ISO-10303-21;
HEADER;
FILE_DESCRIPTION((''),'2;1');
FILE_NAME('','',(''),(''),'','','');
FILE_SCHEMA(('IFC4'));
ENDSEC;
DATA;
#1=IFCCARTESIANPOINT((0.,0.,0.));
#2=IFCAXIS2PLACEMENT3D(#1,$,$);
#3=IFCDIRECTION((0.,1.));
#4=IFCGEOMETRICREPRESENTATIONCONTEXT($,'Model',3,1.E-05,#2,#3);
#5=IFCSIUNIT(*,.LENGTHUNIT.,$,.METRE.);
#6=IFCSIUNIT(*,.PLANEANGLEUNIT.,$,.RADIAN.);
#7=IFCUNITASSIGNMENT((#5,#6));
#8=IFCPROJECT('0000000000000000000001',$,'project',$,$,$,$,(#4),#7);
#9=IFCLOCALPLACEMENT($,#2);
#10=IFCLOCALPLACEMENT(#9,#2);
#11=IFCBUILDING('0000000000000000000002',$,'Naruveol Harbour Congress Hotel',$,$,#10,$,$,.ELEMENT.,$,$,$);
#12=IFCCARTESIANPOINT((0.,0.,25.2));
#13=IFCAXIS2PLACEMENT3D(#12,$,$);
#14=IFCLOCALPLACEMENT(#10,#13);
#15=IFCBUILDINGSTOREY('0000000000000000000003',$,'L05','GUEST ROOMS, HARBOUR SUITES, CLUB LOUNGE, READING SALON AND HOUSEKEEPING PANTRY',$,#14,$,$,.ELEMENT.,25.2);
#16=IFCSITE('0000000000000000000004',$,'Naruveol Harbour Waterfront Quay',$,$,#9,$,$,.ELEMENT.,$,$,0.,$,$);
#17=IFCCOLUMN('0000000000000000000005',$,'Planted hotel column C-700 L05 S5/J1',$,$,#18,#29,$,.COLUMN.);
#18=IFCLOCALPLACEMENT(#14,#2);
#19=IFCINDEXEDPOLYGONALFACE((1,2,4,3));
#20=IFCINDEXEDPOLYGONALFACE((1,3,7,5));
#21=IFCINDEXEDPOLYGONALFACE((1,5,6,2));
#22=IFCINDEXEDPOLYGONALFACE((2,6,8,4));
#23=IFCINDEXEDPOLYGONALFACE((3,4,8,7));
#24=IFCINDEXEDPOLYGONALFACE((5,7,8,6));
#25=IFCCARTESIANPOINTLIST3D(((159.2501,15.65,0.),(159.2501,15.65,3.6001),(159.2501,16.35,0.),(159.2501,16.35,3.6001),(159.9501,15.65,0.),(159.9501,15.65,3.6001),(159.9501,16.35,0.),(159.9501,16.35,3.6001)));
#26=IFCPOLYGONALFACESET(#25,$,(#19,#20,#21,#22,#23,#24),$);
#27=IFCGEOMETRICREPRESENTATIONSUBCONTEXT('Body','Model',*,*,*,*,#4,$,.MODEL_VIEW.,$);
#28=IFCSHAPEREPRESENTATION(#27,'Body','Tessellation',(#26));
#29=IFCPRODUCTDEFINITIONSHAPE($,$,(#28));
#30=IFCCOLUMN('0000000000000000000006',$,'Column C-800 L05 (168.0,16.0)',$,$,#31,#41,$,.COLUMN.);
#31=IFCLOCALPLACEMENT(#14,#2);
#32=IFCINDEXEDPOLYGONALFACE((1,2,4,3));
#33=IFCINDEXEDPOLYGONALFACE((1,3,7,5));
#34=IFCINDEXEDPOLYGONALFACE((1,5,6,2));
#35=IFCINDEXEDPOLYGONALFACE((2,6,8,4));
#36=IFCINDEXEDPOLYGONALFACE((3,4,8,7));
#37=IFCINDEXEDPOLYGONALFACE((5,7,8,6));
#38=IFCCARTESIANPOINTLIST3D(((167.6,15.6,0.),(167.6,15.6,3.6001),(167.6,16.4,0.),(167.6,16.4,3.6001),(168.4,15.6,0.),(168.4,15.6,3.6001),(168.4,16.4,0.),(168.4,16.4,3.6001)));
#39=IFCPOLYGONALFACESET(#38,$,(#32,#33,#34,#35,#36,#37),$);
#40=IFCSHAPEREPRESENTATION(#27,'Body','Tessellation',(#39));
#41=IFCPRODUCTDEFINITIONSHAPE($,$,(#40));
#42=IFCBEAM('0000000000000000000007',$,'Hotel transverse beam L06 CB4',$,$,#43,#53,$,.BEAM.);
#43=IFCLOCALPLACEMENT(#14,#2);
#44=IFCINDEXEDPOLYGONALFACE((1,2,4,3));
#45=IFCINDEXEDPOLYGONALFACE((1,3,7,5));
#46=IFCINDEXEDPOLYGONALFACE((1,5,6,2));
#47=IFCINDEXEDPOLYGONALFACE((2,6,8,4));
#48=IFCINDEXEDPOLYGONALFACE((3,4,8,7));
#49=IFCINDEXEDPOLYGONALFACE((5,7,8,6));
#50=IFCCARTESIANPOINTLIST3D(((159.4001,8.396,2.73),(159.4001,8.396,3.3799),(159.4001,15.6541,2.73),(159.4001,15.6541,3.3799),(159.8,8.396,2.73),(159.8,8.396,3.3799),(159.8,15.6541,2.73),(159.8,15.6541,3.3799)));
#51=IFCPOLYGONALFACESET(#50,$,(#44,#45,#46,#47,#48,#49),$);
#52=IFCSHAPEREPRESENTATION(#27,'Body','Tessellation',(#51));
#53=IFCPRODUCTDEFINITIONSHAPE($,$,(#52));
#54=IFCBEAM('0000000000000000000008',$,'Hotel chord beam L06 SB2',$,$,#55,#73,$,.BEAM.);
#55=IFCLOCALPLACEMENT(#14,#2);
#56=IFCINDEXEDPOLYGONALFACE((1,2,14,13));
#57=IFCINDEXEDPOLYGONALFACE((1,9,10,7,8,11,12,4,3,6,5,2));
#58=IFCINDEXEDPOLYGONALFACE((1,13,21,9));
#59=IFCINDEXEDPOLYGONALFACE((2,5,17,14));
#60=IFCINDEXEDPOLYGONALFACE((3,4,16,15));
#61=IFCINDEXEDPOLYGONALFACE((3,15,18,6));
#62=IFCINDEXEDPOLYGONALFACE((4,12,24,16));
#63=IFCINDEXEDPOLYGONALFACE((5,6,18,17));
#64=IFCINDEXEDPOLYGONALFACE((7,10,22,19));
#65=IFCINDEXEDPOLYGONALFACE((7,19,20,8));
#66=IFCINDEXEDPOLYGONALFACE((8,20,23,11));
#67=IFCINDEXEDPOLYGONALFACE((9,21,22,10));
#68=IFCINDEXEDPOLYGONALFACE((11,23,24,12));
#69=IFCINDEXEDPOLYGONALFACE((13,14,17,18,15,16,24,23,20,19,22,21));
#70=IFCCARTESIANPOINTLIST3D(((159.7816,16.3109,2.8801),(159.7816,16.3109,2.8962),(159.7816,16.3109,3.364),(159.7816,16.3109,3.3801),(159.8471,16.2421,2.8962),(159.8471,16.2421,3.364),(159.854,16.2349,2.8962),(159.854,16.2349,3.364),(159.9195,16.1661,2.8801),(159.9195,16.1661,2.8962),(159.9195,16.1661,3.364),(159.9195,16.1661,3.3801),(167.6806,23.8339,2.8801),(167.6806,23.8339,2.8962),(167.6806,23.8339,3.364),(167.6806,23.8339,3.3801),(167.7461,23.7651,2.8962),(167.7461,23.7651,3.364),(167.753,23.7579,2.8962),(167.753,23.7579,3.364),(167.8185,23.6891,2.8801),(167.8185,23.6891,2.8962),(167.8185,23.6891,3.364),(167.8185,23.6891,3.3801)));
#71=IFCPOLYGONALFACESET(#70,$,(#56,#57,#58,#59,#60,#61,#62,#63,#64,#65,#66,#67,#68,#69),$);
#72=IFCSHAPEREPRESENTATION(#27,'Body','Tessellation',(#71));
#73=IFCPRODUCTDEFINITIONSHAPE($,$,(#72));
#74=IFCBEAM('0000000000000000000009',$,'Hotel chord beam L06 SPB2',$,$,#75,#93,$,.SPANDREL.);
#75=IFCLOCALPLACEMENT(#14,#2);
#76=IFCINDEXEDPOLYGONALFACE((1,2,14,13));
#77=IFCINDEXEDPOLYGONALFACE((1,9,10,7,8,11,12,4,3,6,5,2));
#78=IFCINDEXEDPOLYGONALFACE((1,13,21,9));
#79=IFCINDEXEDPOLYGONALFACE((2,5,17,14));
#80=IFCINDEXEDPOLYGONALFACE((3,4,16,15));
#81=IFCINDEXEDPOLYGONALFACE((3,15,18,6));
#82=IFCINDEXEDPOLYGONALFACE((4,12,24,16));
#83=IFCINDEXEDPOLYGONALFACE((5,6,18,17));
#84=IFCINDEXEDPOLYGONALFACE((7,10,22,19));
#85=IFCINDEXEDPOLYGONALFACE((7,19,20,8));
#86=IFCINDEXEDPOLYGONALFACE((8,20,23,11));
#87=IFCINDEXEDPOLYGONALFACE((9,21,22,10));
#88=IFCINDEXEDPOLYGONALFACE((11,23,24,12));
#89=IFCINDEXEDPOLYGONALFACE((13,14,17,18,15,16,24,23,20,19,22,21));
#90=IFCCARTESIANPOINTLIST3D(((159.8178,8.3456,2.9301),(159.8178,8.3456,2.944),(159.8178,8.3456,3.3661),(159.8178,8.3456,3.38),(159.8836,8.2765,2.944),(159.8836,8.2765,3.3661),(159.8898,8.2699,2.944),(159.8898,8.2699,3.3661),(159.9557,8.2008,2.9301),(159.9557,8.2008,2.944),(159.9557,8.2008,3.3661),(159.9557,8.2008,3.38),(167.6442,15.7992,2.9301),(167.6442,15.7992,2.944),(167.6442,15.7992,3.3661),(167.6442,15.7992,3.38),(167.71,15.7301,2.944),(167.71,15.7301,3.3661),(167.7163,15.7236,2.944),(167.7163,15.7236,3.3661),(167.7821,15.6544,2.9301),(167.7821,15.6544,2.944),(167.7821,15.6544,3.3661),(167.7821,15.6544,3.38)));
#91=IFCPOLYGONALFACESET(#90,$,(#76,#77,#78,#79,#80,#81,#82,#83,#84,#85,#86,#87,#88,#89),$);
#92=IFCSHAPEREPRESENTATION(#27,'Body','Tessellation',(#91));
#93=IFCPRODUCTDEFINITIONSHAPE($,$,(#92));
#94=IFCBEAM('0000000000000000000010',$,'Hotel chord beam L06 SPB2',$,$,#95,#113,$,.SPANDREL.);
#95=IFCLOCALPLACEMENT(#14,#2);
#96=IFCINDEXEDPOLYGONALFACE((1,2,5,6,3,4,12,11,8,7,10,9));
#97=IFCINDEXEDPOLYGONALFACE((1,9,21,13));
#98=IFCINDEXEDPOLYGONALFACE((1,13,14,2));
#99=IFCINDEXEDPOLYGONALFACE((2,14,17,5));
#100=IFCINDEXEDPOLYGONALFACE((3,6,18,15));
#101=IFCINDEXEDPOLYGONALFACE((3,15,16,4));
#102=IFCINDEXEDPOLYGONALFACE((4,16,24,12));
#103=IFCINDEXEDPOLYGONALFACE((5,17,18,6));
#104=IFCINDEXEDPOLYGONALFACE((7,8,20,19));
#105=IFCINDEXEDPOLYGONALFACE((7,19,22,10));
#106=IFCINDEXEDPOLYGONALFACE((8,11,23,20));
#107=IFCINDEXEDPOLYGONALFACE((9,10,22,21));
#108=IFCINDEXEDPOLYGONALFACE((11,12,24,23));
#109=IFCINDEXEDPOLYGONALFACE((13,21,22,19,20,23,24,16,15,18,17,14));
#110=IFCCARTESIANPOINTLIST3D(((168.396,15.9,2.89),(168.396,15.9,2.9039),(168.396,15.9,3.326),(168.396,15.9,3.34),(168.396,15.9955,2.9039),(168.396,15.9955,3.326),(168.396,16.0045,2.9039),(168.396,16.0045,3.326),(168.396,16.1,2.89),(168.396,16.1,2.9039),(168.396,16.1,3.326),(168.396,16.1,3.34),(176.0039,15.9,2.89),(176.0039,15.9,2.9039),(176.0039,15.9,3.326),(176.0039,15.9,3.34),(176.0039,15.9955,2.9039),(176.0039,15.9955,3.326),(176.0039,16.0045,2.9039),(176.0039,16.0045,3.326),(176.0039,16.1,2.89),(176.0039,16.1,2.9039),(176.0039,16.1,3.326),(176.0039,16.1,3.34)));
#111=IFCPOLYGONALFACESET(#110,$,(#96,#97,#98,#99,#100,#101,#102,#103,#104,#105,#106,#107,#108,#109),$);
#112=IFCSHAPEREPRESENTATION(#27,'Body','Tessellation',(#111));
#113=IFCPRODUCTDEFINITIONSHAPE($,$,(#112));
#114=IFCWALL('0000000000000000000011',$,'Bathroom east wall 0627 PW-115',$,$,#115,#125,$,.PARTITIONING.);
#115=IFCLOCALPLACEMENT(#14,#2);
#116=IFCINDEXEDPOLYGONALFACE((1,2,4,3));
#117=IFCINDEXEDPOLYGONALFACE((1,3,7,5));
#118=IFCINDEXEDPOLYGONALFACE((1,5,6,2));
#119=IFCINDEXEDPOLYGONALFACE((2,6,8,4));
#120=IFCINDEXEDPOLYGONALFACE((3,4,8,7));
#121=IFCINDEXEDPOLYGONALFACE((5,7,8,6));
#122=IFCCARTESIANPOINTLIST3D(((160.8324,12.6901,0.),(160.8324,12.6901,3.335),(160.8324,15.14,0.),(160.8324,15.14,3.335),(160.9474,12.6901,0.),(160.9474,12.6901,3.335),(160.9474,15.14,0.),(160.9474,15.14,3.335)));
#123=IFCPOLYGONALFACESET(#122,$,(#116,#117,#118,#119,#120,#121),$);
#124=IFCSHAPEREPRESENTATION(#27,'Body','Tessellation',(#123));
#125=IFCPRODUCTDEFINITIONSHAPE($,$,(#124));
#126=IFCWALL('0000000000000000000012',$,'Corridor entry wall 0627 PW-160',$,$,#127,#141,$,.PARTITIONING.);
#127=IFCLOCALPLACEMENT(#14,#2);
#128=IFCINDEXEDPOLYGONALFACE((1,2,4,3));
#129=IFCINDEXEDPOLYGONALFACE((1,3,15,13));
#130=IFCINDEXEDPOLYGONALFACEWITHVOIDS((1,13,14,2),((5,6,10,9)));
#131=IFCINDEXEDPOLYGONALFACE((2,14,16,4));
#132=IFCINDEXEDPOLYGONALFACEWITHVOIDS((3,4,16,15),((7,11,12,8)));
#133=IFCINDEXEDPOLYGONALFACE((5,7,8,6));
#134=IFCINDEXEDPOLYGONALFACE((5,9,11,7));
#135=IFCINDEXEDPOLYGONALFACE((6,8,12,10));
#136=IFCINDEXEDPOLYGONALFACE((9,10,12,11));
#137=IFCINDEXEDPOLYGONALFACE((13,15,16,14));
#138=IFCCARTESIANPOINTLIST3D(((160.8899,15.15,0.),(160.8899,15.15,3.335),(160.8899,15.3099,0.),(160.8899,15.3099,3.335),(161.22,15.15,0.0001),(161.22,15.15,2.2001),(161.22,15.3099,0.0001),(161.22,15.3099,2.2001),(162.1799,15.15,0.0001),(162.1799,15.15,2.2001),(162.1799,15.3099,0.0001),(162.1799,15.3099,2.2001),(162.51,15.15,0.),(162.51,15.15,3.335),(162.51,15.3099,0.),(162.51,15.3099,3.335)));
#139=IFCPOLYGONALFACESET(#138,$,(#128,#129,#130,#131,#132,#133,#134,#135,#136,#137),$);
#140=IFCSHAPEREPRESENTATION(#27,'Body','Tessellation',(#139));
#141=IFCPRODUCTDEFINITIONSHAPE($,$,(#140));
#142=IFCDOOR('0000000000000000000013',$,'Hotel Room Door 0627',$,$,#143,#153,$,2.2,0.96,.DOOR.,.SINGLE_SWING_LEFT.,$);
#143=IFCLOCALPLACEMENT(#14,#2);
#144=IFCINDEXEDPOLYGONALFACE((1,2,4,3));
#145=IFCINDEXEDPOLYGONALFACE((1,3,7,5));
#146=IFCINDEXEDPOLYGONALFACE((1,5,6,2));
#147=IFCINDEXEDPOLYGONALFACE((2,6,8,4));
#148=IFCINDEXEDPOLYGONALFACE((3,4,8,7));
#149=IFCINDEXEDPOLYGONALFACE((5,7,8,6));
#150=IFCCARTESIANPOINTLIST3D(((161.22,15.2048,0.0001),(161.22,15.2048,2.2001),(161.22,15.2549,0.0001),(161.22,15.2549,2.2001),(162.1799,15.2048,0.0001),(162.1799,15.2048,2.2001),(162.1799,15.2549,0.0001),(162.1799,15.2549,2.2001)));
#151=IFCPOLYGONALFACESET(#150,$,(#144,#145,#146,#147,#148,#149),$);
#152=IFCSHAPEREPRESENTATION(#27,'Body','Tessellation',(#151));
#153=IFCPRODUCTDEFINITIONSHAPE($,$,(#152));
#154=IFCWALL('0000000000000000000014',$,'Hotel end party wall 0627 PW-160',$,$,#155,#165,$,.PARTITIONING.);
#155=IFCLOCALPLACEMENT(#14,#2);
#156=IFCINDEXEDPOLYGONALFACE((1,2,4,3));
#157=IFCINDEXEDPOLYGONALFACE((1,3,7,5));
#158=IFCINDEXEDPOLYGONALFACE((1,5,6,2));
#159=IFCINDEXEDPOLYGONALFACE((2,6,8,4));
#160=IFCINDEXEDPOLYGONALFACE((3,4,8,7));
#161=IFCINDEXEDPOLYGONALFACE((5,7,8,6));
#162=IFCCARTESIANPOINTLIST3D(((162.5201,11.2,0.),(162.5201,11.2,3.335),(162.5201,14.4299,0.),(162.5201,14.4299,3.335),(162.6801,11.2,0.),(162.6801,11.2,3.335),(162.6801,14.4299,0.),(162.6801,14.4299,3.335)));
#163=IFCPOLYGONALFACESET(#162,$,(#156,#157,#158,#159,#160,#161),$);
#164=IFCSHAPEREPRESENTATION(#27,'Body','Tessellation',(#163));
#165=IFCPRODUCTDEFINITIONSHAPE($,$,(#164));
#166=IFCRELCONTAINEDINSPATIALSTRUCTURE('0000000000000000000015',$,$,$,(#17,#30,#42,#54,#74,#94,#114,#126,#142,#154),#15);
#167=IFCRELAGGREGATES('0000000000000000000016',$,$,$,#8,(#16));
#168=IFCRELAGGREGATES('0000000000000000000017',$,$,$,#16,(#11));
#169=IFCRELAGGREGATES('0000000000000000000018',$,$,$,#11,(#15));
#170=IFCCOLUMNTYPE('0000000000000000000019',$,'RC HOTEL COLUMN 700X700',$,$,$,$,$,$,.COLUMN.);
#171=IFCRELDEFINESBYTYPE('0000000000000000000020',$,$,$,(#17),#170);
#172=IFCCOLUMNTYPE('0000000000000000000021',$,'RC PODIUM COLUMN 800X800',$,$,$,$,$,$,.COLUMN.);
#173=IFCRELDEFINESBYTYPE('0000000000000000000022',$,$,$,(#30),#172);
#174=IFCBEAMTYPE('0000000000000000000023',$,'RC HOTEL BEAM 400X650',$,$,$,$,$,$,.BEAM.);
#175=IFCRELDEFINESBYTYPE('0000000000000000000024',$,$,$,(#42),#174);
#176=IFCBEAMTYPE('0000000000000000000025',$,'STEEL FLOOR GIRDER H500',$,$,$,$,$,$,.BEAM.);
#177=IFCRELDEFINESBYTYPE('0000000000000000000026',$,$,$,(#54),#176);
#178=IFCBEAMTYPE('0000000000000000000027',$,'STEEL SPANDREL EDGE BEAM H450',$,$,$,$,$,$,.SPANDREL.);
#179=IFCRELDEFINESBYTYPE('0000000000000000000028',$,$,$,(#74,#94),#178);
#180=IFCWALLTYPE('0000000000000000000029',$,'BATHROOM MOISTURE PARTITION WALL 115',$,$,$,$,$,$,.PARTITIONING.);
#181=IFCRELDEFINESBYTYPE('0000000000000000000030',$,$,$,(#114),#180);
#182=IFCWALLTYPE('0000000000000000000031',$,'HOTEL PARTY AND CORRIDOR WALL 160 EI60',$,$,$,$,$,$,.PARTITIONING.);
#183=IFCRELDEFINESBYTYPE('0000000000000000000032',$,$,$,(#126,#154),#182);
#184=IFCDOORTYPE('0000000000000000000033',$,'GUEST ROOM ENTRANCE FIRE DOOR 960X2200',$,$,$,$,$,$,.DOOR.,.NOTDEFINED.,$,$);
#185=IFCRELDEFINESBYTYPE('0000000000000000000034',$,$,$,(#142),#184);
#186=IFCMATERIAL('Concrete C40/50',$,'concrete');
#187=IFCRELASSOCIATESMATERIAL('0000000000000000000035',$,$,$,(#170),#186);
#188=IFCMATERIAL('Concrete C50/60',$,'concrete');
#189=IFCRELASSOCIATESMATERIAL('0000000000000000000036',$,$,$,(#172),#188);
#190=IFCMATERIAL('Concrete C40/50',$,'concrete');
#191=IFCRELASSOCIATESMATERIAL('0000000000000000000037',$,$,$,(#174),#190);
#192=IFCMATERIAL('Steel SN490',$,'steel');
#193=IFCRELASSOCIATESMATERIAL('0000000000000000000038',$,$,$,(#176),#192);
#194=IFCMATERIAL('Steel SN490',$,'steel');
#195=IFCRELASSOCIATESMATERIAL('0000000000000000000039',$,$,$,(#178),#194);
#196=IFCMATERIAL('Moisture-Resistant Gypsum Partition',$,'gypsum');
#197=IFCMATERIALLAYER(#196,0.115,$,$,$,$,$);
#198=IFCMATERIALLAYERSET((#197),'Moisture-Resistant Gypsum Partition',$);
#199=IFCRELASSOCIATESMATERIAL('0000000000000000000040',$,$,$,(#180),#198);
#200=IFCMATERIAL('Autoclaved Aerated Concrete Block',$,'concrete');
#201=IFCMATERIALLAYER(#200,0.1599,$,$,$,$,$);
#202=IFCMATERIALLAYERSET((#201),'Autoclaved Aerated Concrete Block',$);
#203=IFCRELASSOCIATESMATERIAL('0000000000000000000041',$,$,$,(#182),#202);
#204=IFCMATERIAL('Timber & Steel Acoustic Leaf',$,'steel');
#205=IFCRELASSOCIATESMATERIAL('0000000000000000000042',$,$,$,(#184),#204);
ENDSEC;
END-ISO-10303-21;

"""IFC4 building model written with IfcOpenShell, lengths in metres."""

from ifc_helpers import new_model, si_unit, direction, frame, frame_2d, origin, origin_2d, place, context, subcontext, project, spatial, rectangle, i_section, extrude, material, layer, layer_set, material_profile, profile_set, type_object, element, fill, save


model = new_model("IFC4")

# Units and contexts
model_context = context("Model", 3, precision=1e-05, world=origin(), true_north=direction((0.0, 1.0)))
body_context = subcontext(model_context, "Body", "Model", "MODEL_VIEW")
ifc_project = project(units=[si_unit("LENGTHUNIT", "METRE"), si_unit("PLANEANGLEUNIT", "RADIAN")], contexts=[model_context])

# Site, building, storey
site_placement = place(None, origin())
site = spatial("IfcSite", under=ifc_project, at=site_placement, Name="Naruveol Harbour Waterfront Quay", CompositionType="ELEMENT", RefElevation=0.0)
building_placement = place(site_placement, origin())
building = spatial("IfcBuilding", under=site, at=building_placement, Name="Naruveol Harbour Congress Hotel", CompositionType="ELEMENT")
storey_placement = place(building_placement, frame((0.0, 0.0, 25.2)))
storey = spatial("IfcBuildingStorey", under=building, at=storey_placement, Name="L05", Description="GUEST ROOMS, HARBOUR SUITES, CLUB LOUNGE, READING SALON AND HOUSEKEEPING PANTRY", CompositionType="ELEMENT", Elevation=25.2)

# Columns
ifc_material_1 = material(Name="Concrete C40/50", Category="concrete")
ifc_material_profile_1 = material_profile(ifc_material_1, rectangle(XDim=0.7, YDim=0.7, at=origin_2d()), Name="RC-700x700")
ifc_profile_set_1 = profile_set([ifc_material_profile_1], Name="Concrete C40/50")
column_type_1 = type_object("IfcColumnType", Name="RC HOTEL COLUMN 700X700", PredefinedType="COLUMN", material=ifc_profile_set_1)
column_1_placement = place(storey_placement, frame((159.6001, 16.0, 0.0), z_axis=(0.0, 0.0, 1.0), x_axis=(1.0, 0.0, 0.0)))
element("IfcColumn", 1, at=column_1_placement, inside=storey, type_object=column_type_1, Name="Planted hotel column C-700 L05 S5/J1", PredefinedType="COLUMN", context=body_context, shape_type="SweptSolid", body=[
    extrude(rectangle(XDim=0.7, YDim=0.7, at=origin_2d()), origin(), (0.0, 0.0, 1.0), 3.6001),
])
ifc_material_2 = material(Name="Concrete C50/60", Category="concrete")
ifc_material_profile_2 = material_profile(ifc_material_2, rectangle(XDim=0.8, YDim=0.8, at=origin_2d()), Name="RC-800x800")
ifc_profile_set_2 = profile_set([ifc_material_profile_2], Name="Concrete C50/60")
column_type_2 = type_object("IfcColumnType", Name="RC PODIUM COLUMN 800X800", PredefinedType="COLUMN", material=ifc_profile_set_2)
column_2_placement = place(storey_placement, frame((168.0, 16.0, 0.0), z_axis=(0.0, 0.0, 1.0), x_axis=(1.0, 0.0, 0.0)))
element("IfcColumn", 2, at=column_2_placement, inside=storey, type_object=column_type_2, Name="Column C-800 L05 (168.0,16.0)", PredefinedType="COLUMN", context=body_context, shape_type="SweptSolid", body=[
    extrude(rectangle(XDim=0.8, YDim=0.8, at=origin_2d()), origin(), (0.0, 0.0, 1.0), 3.6001),
])

# Beams
ifc_material_3 = material(Name="Concrete C40/50", Category="concrete")
ifc_material_profile_3 = material_profile(ifc_material_3, rectangle(XDim=0.3999, YDim=0.6499, at=origin_2d()), Name="RCB-400x650")
ifc_profile_set_3 = profile_set([ifc_material_profile_3], Name="Concrete C40/50")
beam_type_1 = type_object("IfcBeamType", Name="RC HOTEL BEAM 400X650", PredefinedType="BEAM", material=ifc_profile_set_3)
beam_1_placement = place(storey_placement, frame((159.6001, 8.396, 3.0549), z_axis=(0.0, 1.0, 0.0), x_axis=(-1.0, 0.0, 0.0)))
element("IfcBeam", 3, at=beam_1_placement, inside=storey, type_object=beam_type_1, Name="Hotel transverse beam L06 CB4", PredefinedType="BEAM", context=body_context, shape_type="SweptSolid", body=[
    extrude(rectangle(XDim=0.3999, YDim=0.6499, at=origin_2d()), origin(), (0.0, 0.0, 1.0), 7.2581),
])
ifc_material_4 = material(Name="Steel SN490", Category="steel")
ifc_material_profile_4 = material_profile(ifc_material_4, i_section(OverallWidth=0.2, OverallDepth=0.5, WebThickness=0.01, FlangeThickness=0.0161, at=origin_2d()), Name="H-500x200x10x16")
ifc_profile_set_4 = profile_set([ifc_material_profile_4], Name="Steel SN490")
beam_type_2 = type_object("IfcBeamType", Name="STEEL FLOOR GIRDER H500", PredefinedType="BEAM", material=ifc_profile_set_4)
beam_2_placement = place(storey_placement, frame((159.8506, 16.2385, 3.1301), z_axis=(0.72413, 0.689663, 0.0), x_axis=(-0.689663, 0.72413, 0.0)))
element("IfcBeam", 4, at=beam_2_placement, inside=storey, type_object=beam_type_2, Name="Hotel chord beam L06 SB2", PredefinedType="BEAM", context=body_context, shape_type="SweptSolid", body=[
    extrude(i_section(OverallWidth=0.2, OverallDepth=0.5, WebThickness=0.01, FlangeThickness=0.0161, at=origin_2d()), origin(), (0.0, 0.0, 1.0), 10.9082),
])
ifc_material_5 = material(Name="Steel SN490", Category="steel")
ifc_material_profile_5 = material_profile(ifc_material_5, i_section(OverallWidth=0.2, OverallDepth=0.45, WebThickness=0.009, FlangeThickness=0.0139, at=origin_2d()), Name="H-450x200x9x14")
ifc_profile_set_5 = profile_set([ifc_material_profile_5], Name="Steel SN490")
beam_type_3 = type_object("IfcBeamType", Name="STEEL SPANDREL EDGE BEAM H450", PredefinedType="SPANDREL", material=ifc_profile_set_5)
beam_3_placement = place(storey_placement, frame((159.8867, 8.2732, 3.155), z_axis=(0.724143, 0.68965, 0.0), x_axis=(-0.68965, 0.724143, 0.0)))
element("IfcBeam", 5, at=beam_3_placement, inside=storey, type_object=beam_type_3, Name="Hotel chord beam L06 SPB2", PredefinedType="SPANDREL", context=body_context, shape_type="SweptSolid", body=[
    extrude(i_section(OverallWidth=0.2, OverallDepth=0.45, WebThickness=0.009, FlangeThickness=0.0139, at=origin_2d()), origin(), (0.0, 0.0, 1.0), 10.8079),
])
beam_4_placement = place(storey_placement, frame((168.396, 16.0, 3.115), z_axis=(1.0, 0.0, 0.0), x_axis=(0.0, 1.0, 0.0)))
element("IfcBeam", 6, at=beam_4_placement, inside=storey, type_object=beam_type_3, Name="Hotel chord beam L06 SPB2", PredefinedType="SPANDREL", context=body_context, shape_type="SweptSolid", body=[
    extrude(i_section(OverallWidth=0.2, OverallDepth=0.45, WebThickness=0.009, FlangeThickness=0.0139, at=origin_2d()), origin(), (0.0, 0.0, 1.0), 7.6079),
])

# Wall
ifc_material_6 = material(Name="Moisture-Resistant Gypsum Partition", Category="gypsum")
ifc_layer_1 = layer(ifc_material_6, 0.115)
ifc_layer_set_1 = layer_set([ifc_layer_1], Name="Moisture-Resistant Gypsum Partition")
wall_type_1 = type_object("IfcWallType", Name="BATHROOM MOISTURE PARTITION WALL 115", PredefinedType="PARTITIONING", material=ifc_layer_set_1)
wall_1_placement = place(storey_placement, frame((160.8899, 12.6899, 0.0), z_axis=(0.0, 0.0, 1.0), x_axis=(0.0, 1.0, 0.0)))
element("IfcWall", 7, at=wall_1_placement, inside=storey, type_object=wall_type_1, Name="Bathroom east wall 0627 PW-115", PredefinedType="PARTITIONING", context=body_context, shape_type="SweptSolid", body=[
    extrude(rectangle(XDim=2.45, YDim=0.115, at=frame_2d((1.2251, 0.0))), origin(), (0.0, 0.0, 1.0), 3.335),
])

# Wall, opening, door
ifc_material_7 = material(Name="Autoclaved Aerated Concrete Block", Category="concrete")
ifc_layer_2 = layer(ifc_material_7, 0.1599)
ifc_layer_set_2 = layer_set([ifc_layer_2], Name="Autoclaved Aerated Concrete Block")
wall_type_2 = type_object("IfcWallType", Name="HOTEL PARTY AND CORRIDOR WALL 160 EI60", PredefinedType="PARTITIONING", material=ifc_layer_set_2)
wall_2_placement = place(storey_placement, frame((160.8899, 15.23, 0.0), z_axis=(0.0, 0.0, 1.0), x_axis=(1.0, 0.0, 0.0)))
wall_2 = element("IfcWall", 8, at=wall_2_placement, inside=storey, type_object=wall_type_2, Name="Corridor entry wall 0627 PW-160", PredefinedType="PARTITIONING", context=body_context, shape_type="SweptSolid", body=[
    extrude(rectangle(XDim=1.6201, YDim=0.1599, at=frame_2d((0.8101, 0.0))), origin(), (0.0, 0.0, 1.0), 3.335),
])
opening_1_placement = place(wall_2_placement, frame((0.3301, 0.0, 0.0)))
opening_1 = element("IfcOpeningElement", 9, at=opening_1_placement, cuts=wall_2, PredefinedType="OPENING", context=body_context, shape_type="SweptSolid", body=[
    extrude(rectangle(XDim=0.96, YDim=2.2, at=frame_2d((0.48, 1.1001))), frame((0.0, 0.0898, 0.0), z_axis=(0.0, -1.0, 0.0), x_axis=(1.0, 0.0, 0.0)), (0.0, 0.0, 1.0), 0.1799),
])
ifc_material_8 = material(Name="Timber & Steel Acoustic Leaf", Category="steel")
door_type_1 = type_object("IfcDoorType", Name="GUEST ROOM ENTRANCE FIRE DOOR 960X2200", OperationType="NOTDEFINED", PredefinedType="DOOR", material=ifc_material_8)
door_1_placement = place(opening_1_placement, origin())
door_1 = element("IfcDoor", 10, at=door_1_placement, inside=storey, type_object=door_type_1, Name="Hotel Room Door 0627", OperationType="SINGLE_SWING_LEFT", OverallHeight=2.2, OverallWidth=0.96, PredefinedType="DOOR", context=body_context, shape_type="SweptSolid", body=[
    extrude(rectangle(XDim=0.96, YDim=2.2, at=frame_2d((0.48, 1.1001))), frame((0.0, 0.0249, 0.0), z_axis=(0.0, -1.0, 0.0), x_axis=(1.0, 0.0, 0.0)), (0.0, 0.0, 1.0), 0.05),
])
fill(opening_1, door_1)

# Wall
wall_3_placement = place(storey_placement, frame((162.6001, 11.2, 0.0), z_axis=(0.0, 0.0, 1.0), x_axis=(0.0, 1.0, 0.0)))
element("IfcWall", 11, at=wall_3_placement, inside=storey, type_object=wall_type_2, Name="Hotel end party wall 0627 PW-160", PredefinedType="PARTITIONING", context=body_context, shape_type="SweptSolid", body=[
    extrude(rectangle(XDim=3.23, YDim=0.1599, at=frame_2d((1.615, 0.0))), origin(), (0.0, 0.0, 1.0), 3.335),
])

save(model, "model.ifc")
